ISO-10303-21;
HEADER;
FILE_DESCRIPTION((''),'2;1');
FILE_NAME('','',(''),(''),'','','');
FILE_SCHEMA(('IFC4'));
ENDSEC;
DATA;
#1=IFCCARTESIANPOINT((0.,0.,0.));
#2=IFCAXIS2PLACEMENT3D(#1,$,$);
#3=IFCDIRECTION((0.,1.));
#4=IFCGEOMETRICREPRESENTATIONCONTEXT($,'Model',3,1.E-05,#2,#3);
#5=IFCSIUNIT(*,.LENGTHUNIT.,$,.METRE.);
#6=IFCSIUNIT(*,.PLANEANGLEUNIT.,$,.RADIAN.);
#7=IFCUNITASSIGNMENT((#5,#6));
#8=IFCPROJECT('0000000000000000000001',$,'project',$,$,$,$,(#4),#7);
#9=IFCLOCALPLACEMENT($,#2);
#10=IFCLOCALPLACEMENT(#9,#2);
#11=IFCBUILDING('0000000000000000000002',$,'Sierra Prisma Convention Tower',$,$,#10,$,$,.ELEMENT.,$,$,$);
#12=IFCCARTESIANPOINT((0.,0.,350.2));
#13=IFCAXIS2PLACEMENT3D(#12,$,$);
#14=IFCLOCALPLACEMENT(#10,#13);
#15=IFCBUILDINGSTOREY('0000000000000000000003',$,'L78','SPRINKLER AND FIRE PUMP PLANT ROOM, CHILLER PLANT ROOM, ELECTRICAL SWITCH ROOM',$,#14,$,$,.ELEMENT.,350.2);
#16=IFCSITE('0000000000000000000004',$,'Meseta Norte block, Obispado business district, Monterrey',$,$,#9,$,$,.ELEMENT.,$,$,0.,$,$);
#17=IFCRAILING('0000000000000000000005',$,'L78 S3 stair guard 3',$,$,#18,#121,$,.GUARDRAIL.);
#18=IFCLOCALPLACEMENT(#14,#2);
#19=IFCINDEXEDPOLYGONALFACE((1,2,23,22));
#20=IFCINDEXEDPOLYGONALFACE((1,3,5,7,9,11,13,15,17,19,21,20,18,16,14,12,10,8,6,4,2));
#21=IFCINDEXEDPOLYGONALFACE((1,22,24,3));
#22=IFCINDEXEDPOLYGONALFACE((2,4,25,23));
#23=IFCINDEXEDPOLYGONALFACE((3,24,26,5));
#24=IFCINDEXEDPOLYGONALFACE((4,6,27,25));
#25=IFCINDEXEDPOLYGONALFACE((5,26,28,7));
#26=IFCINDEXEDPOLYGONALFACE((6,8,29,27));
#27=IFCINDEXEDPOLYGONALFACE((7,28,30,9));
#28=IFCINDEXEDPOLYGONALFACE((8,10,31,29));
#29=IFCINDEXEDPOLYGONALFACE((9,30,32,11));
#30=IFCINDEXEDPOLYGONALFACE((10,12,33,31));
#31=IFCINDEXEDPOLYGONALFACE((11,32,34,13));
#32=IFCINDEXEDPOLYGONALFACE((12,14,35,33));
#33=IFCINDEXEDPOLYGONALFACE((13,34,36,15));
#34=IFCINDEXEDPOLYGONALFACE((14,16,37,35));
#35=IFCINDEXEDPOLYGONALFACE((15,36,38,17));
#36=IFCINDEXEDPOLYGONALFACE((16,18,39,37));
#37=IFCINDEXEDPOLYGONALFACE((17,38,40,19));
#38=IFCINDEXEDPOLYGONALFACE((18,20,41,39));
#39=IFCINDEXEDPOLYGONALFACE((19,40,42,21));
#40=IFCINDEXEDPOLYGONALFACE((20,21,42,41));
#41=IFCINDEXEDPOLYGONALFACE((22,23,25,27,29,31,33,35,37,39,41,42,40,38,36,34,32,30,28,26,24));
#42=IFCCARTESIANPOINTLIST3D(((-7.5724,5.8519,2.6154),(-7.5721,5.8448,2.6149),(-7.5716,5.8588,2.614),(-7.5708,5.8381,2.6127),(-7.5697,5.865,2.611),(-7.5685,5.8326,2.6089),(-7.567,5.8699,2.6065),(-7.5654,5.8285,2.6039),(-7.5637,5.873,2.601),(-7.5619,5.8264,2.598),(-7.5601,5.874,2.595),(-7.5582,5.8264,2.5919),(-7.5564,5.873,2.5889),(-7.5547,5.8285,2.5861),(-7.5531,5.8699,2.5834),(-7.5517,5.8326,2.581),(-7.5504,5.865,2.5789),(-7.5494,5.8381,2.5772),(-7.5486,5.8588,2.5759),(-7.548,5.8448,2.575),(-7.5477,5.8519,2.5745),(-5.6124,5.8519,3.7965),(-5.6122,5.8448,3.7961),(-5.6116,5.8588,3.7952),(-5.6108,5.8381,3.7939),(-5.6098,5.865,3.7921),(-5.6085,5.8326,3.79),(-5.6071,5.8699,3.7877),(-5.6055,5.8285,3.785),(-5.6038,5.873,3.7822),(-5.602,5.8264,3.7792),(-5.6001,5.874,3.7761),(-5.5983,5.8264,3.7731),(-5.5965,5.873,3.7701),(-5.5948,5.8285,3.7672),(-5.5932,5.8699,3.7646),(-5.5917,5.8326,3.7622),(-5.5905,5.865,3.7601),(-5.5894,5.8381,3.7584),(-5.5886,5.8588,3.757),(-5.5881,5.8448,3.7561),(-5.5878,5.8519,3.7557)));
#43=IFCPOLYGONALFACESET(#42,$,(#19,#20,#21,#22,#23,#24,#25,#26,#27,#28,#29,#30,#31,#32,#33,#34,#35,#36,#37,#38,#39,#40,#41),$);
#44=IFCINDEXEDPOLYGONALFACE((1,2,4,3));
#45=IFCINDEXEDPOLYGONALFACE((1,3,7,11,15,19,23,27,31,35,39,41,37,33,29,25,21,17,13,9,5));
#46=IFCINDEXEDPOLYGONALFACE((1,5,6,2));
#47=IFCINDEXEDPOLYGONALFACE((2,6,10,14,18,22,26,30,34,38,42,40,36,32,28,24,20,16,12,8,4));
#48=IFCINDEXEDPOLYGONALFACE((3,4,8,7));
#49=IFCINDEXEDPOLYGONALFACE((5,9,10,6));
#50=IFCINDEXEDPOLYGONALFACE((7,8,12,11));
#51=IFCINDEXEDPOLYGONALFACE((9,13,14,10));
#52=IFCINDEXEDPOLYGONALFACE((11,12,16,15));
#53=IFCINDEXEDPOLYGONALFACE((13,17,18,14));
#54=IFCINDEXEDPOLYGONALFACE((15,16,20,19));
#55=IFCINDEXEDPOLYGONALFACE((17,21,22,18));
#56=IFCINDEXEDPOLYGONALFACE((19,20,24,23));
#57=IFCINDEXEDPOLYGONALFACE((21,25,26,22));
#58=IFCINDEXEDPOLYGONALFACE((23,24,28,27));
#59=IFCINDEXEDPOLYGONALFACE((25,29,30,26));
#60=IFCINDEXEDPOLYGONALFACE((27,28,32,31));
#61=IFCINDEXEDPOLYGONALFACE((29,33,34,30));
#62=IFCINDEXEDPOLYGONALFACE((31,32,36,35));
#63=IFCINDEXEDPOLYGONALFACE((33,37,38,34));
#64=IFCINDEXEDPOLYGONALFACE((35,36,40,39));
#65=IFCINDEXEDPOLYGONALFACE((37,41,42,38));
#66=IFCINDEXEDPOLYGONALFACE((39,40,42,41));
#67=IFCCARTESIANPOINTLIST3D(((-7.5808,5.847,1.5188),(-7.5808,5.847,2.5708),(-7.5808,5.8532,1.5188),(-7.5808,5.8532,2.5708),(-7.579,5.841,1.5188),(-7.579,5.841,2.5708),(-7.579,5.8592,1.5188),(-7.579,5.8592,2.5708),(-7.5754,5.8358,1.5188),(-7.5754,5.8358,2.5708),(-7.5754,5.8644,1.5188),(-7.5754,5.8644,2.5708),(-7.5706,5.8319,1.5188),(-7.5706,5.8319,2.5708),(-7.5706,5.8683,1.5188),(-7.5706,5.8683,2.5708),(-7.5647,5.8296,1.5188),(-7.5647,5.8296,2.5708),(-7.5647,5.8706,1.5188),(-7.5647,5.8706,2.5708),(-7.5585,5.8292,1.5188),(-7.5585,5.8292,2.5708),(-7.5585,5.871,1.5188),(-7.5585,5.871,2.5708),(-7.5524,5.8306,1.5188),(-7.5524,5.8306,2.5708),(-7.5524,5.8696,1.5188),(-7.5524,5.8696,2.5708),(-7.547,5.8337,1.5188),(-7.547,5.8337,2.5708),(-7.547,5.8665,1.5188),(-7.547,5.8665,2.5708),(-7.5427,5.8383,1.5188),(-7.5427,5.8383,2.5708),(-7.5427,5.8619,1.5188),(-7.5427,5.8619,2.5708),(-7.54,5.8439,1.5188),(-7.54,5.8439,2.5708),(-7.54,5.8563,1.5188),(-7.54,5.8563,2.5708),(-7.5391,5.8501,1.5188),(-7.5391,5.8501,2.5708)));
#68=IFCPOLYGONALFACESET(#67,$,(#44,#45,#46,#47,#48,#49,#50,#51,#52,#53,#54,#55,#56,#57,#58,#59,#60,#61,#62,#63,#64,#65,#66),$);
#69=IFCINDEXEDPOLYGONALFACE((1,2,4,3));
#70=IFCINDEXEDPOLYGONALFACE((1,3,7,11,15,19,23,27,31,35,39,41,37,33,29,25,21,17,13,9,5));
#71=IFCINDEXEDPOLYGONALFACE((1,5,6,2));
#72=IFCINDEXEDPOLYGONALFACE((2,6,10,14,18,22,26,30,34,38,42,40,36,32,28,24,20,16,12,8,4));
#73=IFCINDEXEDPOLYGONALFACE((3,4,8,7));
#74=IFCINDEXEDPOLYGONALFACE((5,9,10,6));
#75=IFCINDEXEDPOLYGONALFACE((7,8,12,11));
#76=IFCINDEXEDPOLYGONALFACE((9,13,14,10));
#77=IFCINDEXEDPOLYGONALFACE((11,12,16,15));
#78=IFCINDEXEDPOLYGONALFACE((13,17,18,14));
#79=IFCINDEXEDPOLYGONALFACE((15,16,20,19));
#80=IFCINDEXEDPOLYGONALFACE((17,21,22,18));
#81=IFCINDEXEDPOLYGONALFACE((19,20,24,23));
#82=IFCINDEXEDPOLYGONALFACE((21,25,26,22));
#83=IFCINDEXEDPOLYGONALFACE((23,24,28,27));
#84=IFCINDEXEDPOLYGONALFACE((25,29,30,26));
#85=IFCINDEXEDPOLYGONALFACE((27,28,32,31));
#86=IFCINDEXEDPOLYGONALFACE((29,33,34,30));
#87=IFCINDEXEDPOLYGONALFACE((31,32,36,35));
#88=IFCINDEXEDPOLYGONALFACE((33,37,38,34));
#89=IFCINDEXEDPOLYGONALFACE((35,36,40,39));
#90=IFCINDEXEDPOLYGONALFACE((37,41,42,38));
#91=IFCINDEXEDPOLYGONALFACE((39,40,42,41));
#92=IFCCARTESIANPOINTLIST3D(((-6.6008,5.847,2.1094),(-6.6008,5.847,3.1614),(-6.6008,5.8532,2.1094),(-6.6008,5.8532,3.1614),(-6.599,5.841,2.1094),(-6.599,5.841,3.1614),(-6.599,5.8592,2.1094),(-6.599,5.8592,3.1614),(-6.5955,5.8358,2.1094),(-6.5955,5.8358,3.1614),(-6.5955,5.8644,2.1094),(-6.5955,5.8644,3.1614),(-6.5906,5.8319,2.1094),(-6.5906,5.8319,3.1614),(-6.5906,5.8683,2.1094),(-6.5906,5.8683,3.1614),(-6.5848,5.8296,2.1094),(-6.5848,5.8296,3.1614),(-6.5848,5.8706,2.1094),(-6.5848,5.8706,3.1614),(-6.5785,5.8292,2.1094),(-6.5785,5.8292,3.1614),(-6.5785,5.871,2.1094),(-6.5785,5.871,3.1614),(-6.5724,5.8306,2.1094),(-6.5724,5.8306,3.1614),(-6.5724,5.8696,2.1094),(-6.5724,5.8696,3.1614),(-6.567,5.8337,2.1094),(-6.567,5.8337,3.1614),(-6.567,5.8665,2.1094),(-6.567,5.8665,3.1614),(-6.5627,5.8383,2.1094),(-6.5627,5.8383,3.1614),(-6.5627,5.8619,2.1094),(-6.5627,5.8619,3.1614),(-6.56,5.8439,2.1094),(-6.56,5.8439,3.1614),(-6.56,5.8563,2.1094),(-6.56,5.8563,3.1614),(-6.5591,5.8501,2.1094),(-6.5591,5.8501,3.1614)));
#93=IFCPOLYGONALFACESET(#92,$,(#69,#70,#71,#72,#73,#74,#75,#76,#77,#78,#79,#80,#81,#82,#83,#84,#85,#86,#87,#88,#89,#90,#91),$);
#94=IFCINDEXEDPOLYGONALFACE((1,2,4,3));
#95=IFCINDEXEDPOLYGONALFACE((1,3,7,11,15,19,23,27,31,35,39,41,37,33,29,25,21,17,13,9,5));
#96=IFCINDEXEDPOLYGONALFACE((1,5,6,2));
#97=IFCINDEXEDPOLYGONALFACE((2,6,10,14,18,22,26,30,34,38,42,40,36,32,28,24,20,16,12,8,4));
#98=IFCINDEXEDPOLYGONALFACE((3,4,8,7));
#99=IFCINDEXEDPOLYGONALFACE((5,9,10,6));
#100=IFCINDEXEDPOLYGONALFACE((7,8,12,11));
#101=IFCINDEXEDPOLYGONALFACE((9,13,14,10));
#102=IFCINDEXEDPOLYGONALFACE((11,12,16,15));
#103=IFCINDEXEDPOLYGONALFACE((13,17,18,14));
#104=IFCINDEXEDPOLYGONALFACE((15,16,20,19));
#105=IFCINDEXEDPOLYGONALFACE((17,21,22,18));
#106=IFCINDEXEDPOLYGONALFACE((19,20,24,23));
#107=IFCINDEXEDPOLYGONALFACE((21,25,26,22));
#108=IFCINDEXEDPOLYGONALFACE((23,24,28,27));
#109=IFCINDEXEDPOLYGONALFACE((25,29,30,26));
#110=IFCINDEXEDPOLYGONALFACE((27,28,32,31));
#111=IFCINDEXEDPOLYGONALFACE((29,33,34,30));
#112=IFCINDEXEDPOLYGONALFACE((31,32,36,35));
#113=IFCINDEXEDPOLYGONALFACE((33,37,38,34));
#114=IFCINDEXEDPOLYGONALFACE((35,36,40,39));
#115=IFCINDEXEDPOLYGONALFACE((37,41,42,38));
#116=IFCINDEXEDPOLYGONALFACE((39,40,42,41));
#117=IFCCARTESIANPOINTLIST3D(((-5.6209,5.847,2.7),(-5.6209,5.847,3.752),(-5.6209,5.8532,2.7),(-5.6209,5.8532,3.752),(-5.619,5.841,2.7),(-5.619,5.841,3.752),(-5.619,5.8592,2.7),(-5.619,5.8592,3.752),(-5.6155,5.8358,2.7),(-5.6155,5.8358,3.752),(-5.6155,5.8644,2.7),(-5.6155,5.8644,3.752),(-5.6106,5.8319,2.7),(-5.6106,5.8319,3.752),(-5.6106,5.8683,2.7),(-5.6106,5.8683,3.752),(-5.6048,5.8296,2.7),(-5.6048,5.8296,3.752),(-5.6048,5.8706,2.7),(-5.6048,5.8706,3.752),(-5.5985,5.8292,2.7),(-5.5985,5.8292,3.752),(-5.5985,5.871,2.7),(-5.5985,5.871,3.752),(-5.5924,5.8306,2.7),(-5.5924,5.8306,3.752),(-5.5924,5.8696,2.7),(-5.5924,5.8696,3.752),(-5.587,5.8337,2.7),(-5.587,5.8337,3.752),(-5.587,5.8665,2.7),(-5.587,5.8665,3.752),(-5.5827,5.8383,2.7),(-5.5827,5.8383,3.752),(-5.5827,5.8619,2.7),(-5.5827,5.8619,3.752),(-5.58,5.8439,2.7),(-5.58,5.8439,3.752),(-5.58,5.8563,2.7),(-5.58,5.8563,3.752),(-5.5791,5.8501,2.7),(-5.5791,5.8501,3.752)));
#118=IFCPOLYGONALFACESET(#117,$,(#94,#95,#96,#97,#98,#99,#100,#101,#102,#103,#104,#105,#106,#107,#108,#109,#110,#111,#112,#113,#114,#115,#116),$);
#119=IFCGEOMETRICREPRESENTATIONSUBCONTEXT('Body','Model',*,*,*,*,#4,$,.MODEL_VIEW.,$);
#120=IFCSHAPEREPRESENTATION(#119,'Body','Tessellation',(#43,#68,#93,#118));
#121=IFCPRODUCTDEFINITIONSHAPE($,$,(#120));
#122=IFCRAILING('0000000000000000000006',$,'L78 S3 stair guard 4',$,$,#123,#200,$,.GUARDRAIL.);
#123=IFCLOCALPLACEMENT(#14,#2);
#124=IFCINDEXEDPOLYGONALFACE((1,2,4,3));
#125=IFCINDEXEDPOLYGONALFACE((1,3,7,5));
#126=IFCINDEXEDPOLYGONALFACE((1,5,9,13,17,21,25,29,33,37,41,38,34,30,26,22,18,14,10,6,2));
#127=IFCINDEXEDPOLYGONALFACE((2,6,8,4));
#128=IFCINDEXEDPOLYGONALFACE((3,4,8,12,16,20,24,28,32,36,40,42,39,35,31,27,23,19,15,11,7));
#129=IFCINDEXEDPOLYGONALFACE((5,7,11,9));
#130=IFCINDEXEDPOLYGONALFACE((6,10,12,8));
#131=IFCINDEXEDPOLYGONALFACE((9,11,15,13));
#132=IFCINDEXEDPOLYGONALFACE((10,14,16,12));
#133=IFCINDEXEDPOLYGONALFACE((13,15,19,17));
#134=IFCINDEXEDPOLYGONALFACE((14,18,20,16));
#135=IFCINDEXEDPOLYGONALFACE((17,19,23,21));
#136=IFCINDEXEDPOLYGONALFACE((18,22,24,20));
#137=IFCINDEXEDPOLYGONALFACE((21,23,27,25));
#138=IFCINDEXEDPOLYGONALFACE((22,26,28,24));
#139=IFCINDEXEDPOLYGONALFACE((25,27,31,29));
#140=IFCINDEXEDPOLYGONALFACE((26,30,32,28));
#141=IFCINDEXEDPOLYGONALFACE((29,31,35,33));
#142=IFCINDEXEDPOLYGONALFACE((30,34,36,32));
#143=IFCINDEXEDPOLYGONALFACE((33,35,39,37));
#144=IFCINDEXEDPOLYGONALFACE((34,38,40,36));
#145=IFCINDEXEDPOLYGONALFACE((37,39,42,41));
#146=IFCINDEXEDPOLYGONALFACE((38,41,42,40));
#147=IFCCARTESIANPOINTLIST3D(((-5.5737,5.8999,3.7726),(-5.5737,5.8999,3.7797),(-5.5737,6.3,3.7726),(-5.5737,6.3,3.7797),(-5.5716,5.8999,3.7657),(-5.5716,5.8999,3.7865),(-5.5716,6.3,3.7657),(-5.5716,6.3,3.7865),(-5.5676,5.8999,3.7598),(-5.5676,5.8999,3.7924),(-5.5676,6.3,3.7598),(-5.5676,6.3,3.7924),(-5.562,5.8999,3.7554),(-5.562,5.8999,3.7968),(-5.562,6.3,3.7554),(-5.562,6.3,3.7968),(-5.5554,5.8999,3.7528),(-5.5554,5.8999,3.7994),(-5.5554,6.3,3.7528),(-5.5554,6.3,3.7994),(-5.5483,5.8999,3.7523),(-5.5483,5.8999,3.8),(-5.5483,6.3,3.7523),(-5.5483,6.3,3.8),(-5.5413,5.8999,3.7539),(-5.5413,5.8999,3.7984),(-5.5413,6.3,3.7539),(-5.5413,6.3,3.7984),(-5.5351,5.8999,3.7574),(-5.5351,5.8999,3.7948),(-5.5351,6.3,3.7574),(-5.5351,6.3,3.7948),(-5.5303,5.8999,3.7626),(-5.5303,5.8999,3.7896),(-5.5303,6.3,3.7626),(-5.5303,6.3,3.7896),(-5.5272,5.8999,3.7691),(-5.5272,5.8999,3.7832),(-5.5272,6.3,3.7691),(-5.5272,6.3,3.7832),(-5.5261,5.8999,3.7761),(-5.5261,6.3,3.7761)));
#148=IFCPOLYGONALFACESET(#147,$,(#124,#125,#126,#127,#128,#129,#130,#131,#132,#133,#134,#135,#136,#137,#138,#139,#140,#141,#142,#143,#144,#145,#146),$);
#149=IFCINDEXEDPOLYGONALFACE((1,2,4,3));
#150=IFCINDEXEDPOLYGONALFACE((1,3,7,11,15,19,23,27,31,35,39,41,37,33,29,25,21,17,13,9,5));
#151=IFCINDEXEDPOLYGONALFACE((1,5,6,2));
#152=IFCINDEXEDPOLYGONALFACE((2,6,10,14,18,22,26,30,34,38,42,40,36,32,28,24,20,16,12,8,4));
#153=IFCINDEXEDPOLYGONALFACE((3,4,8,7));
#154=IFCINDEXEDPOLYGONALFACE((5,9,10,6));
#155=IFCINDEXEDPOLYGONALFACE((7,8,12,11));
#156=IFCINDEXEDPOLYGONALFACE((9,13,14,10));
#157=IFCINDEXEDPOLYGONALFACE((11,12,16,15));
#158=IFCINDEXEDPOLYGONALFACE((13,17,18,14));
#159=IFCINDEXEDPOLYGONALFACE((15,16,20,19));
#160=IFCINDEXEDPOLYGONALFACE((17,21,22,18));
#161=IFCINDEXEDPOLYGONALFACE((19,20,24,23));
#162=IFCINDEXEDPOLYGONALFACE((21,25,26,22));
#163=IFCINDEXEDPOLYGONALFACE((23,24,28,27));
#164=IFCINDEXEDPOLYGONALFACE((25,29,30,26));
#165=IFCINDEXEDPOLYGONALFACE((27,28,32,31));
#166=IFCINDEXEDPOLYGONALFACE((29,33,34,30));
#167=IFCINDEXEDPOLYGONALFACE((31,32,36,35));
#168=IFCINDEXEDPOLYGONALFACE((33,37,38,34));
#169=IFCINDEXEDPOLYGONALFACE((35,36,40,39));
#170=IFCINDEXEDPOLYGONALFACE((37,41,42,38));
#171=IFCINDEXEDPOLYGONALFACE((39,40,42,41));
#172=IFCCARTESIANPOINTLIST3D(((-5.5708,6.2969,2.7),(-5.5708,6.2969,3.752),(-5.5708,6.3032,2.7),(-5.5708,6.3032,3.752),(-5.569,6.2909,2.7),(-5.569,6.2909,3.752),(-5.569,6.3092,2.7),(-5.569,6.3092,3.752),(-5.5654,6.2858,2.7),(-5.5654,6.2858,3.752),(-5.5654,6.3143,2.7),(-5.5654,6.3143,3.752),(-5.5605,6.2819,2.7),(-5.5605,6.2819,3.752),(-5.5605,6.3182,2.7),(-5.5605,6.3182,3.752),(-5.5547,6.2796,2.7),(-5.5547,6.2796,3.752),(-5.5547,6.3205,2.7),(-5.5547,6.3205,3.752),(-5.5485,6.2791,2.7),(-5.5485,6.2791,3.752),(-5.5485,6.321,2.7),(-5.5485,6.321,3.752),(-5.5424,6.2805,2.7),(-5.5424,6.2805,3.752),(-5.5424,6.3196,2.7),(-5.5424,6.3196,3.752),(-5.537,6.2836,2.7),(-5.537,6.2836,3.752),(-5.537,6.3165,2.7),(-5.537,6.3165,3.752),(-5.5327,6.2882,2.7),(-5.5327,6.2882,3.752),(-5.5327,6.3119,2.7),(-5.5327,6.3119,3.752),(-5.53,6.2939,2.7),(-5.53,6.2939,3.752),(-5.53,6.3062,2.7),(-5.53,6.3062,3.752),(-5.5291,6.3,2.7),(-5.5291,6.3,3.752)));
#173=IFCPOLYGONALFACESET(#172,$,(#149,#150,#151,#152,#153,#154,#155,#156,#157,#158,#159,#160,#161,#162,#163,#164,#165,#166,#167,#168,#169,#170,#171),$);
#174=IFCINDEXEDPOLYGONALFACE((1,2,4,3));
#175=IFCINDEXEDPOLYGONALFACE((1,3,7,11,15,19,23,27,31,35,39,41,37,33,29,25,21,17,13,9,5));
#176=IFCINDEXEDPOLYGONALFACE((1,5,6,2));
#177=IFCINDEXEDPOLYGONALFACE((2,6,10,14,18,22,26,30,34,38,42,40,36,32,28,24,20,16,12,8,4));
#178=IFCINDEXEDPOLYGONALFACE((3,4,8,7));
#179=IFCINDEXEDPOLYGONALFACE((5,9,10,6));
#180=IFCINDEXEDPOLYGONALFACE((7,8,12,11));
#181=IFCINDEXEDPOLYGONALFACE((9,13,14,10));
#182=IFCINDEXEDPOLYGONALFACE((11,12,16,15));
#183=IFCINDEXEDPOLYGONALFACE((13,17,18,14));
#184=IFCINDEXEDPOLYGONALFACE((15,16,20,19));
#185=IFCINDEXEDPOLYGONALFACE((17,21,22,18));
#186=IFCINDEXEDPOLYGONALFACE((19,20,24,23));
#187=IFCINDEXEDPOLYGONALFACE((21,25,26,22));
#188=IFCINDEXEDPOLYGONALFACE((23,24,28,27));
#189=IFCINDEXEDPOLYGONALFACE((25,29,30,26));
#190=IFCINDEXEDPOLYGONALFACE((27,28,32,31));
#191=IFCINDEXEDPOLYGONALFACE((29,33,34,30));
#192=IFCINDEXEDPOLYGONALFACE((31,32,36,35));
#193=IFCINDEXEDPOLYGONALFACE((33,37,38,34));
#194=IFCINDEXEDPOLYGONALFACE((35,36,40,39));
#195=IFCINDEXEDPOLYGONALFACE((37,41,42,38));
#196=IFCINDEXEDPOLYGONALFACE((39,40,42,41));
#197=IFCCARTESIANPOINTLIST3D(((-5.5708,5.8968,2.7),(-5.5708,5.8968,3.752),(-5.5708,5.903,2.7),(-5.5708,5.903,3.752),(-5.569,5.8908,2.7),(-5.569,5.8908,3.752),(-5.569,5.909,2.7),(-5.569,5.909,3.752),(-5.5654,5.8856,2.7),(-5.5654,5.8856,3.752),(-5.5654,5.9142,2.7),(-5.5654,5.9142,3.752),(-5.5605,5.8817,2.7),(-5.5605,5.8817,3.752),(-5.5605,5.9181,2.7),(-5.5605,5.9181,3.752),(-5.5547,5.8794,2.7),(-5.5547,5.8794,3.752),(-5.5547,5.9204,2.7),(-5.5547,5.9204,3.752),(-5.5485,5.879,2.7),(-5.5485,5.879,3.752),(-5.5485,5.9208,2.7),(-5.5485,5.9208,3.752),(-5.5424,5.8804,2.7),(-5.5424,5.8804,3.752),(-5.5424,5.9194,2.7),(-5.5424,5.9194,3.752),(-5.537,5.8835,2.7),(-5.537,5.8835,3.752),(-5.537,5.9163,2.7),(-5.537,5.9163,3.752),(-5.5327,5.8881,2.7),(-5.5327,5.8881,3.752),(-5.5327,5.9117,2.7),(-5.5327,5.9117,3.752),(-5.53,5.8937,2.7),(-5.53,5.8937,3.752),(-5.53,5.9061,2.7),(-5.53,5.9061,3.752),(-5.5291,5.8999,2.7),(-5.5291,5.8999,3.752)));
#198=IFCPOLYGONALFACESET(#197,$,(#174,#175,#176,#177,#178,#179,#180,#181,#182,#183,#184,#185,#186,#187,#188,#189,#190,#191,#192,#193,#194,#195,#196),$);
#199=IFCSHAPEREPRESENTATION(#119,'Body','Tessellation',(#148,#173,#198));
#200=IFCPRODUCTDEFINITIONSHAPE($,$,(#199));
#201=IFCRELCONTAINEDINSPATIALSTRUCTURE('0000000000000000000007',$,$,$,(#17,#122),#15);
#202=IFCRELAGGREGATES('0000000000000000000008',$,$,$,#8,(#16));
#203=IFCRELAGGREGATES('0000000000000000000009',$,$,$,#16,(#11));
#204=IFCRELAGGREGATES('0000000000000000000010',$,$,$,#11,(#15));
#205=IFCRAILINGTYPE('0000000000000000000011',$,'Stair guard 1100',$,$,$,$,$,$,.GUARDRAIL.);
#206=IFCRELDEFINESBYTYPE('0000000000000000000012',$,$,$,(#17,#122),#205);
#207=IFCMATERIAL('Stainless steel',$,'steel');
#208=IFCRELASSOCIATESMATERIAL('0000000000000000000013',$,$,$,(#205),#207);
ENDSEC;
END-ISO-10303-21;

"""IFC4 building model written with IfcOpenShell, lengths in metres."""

from ifc_helpers import new_model, si_unit, direction, frame, origin, origin_2d, place, context, subcontext, project, spatial, circle, extrude, material, type_object, element, save


model = new_model("IFC4")

# Units and contexts
model_context = context("Model", 3, precision=1e-05, world=origin(), true_north=direction((0.0, 1.0)))
body_context = subcontext(model_context, "Body", "Model", "MODEL_VIEW")
ifc_project = project(units=[si_unit("LENGTHUNIT", "METRE"), si_unit("PLANEANGLEUNIT", "RADIAN")], contexts=[model_context])

# Site, building, storey
site_placement = place(None, origin())
site = spatial("IfcSite", under=ifc_project, at=site_placement, Name="Meseta Norte block, Obispado business district, Monterrey", CompositionType="ELEMENT", RefElevation=0.0)
building_placement = place(site_placement, origin())
building = spatial("IfcBuilding", under=site, at=building_placement, Name="Sierra Prisma Convention Tower", CompositionType="ELEMENT")
storey_placement = place(building_placement, frame((0.0, 0.0, 350.2)))
storey = spatial("IfcBuildingStorey", under=building, at=storey_placement, Name="L78", Description="SPRINKLER AND FIRE PUMP PLANT ROOM, CHILLER PLANT ROOM, ELECTRICAL SWITCH ROOM", CompositionType="ELEMENT", Elevation=350.2)

# Railings
ifc_material_1 = material(Name="Stainless steel", Category="steel")
railing_type_1 = type_object("IfcRailingType", Name="Stair guard 1100", PredefinedType="GUARDRAIL", material=ifc_material_1)
railing_1_placement = place(storey_placement, frame((-7.5601, 5.8501, 1.5188)))
element("IfcRailing", 1, at=railing_1_placement, inside=storey, type_object=railing_type_1, Name="L78 S3 stair guard 3", PredefinedType="GUARDRAIL", context=body_context, shape_type="SweptSolid", body=[
    extrude(circle(Radius=0.0239, at=origin_2d()), frame((0.0, 0.0, 1.0762), z_axis=(0.856493, 0.0, 0.516158), x_axis=(0.0, 1.0, 0.0)), (0.0, 0.0, 1.0), 2.2883),
    extrude(circle(Radius=0.021, at=origin_2d()), origin(), (0.0, 0.0, 1.0), 1.052),
    extrude(circle(Radius=0.021, at=origin_2d()), frame((0.98, 0.0, 0.5906)), (0.0, 0.0, 1.0), 1.052),
    extrude(circle(Radius=0.021, at=origin_2d()), frame((1.96, 0.0, 1.1812)), (0.0, 0.0, 1.0), 1.052),
])
railing_2_placement = place(storey_placement, frame((-5.55, 6.3, 2.7)))
element("IfcRailing", 2, at=railing_2_placement, inside=storey, type_object=railing_type_1, Name="L78 S3 stair guard 4", PredefinedType="GUARDRAIL", context=body_context, shape_type="SweptSolid", body=[
    extrude(circle(Radius=0.0239, at=origin_2d()), frame((0.0, 0.0, 1.0762), z_axis=(0.0, -1.0, 0.0), x_axis=(1.0, 0.0, 0.0)), (0.0, 0.0, 1.0), 0.4001),
    extrude(circle(Radius=0.021, at=origin_2d()), origin(), (0.0, 0.0, 1.0), 1.052),
    extrude(circle(Radius=0.021, at=origin_2d()), frame((0.0, -0.4001, 0.0)), (0.0, 0.0, 1.0), 1.052),
])

save(model, "model.ifc")
